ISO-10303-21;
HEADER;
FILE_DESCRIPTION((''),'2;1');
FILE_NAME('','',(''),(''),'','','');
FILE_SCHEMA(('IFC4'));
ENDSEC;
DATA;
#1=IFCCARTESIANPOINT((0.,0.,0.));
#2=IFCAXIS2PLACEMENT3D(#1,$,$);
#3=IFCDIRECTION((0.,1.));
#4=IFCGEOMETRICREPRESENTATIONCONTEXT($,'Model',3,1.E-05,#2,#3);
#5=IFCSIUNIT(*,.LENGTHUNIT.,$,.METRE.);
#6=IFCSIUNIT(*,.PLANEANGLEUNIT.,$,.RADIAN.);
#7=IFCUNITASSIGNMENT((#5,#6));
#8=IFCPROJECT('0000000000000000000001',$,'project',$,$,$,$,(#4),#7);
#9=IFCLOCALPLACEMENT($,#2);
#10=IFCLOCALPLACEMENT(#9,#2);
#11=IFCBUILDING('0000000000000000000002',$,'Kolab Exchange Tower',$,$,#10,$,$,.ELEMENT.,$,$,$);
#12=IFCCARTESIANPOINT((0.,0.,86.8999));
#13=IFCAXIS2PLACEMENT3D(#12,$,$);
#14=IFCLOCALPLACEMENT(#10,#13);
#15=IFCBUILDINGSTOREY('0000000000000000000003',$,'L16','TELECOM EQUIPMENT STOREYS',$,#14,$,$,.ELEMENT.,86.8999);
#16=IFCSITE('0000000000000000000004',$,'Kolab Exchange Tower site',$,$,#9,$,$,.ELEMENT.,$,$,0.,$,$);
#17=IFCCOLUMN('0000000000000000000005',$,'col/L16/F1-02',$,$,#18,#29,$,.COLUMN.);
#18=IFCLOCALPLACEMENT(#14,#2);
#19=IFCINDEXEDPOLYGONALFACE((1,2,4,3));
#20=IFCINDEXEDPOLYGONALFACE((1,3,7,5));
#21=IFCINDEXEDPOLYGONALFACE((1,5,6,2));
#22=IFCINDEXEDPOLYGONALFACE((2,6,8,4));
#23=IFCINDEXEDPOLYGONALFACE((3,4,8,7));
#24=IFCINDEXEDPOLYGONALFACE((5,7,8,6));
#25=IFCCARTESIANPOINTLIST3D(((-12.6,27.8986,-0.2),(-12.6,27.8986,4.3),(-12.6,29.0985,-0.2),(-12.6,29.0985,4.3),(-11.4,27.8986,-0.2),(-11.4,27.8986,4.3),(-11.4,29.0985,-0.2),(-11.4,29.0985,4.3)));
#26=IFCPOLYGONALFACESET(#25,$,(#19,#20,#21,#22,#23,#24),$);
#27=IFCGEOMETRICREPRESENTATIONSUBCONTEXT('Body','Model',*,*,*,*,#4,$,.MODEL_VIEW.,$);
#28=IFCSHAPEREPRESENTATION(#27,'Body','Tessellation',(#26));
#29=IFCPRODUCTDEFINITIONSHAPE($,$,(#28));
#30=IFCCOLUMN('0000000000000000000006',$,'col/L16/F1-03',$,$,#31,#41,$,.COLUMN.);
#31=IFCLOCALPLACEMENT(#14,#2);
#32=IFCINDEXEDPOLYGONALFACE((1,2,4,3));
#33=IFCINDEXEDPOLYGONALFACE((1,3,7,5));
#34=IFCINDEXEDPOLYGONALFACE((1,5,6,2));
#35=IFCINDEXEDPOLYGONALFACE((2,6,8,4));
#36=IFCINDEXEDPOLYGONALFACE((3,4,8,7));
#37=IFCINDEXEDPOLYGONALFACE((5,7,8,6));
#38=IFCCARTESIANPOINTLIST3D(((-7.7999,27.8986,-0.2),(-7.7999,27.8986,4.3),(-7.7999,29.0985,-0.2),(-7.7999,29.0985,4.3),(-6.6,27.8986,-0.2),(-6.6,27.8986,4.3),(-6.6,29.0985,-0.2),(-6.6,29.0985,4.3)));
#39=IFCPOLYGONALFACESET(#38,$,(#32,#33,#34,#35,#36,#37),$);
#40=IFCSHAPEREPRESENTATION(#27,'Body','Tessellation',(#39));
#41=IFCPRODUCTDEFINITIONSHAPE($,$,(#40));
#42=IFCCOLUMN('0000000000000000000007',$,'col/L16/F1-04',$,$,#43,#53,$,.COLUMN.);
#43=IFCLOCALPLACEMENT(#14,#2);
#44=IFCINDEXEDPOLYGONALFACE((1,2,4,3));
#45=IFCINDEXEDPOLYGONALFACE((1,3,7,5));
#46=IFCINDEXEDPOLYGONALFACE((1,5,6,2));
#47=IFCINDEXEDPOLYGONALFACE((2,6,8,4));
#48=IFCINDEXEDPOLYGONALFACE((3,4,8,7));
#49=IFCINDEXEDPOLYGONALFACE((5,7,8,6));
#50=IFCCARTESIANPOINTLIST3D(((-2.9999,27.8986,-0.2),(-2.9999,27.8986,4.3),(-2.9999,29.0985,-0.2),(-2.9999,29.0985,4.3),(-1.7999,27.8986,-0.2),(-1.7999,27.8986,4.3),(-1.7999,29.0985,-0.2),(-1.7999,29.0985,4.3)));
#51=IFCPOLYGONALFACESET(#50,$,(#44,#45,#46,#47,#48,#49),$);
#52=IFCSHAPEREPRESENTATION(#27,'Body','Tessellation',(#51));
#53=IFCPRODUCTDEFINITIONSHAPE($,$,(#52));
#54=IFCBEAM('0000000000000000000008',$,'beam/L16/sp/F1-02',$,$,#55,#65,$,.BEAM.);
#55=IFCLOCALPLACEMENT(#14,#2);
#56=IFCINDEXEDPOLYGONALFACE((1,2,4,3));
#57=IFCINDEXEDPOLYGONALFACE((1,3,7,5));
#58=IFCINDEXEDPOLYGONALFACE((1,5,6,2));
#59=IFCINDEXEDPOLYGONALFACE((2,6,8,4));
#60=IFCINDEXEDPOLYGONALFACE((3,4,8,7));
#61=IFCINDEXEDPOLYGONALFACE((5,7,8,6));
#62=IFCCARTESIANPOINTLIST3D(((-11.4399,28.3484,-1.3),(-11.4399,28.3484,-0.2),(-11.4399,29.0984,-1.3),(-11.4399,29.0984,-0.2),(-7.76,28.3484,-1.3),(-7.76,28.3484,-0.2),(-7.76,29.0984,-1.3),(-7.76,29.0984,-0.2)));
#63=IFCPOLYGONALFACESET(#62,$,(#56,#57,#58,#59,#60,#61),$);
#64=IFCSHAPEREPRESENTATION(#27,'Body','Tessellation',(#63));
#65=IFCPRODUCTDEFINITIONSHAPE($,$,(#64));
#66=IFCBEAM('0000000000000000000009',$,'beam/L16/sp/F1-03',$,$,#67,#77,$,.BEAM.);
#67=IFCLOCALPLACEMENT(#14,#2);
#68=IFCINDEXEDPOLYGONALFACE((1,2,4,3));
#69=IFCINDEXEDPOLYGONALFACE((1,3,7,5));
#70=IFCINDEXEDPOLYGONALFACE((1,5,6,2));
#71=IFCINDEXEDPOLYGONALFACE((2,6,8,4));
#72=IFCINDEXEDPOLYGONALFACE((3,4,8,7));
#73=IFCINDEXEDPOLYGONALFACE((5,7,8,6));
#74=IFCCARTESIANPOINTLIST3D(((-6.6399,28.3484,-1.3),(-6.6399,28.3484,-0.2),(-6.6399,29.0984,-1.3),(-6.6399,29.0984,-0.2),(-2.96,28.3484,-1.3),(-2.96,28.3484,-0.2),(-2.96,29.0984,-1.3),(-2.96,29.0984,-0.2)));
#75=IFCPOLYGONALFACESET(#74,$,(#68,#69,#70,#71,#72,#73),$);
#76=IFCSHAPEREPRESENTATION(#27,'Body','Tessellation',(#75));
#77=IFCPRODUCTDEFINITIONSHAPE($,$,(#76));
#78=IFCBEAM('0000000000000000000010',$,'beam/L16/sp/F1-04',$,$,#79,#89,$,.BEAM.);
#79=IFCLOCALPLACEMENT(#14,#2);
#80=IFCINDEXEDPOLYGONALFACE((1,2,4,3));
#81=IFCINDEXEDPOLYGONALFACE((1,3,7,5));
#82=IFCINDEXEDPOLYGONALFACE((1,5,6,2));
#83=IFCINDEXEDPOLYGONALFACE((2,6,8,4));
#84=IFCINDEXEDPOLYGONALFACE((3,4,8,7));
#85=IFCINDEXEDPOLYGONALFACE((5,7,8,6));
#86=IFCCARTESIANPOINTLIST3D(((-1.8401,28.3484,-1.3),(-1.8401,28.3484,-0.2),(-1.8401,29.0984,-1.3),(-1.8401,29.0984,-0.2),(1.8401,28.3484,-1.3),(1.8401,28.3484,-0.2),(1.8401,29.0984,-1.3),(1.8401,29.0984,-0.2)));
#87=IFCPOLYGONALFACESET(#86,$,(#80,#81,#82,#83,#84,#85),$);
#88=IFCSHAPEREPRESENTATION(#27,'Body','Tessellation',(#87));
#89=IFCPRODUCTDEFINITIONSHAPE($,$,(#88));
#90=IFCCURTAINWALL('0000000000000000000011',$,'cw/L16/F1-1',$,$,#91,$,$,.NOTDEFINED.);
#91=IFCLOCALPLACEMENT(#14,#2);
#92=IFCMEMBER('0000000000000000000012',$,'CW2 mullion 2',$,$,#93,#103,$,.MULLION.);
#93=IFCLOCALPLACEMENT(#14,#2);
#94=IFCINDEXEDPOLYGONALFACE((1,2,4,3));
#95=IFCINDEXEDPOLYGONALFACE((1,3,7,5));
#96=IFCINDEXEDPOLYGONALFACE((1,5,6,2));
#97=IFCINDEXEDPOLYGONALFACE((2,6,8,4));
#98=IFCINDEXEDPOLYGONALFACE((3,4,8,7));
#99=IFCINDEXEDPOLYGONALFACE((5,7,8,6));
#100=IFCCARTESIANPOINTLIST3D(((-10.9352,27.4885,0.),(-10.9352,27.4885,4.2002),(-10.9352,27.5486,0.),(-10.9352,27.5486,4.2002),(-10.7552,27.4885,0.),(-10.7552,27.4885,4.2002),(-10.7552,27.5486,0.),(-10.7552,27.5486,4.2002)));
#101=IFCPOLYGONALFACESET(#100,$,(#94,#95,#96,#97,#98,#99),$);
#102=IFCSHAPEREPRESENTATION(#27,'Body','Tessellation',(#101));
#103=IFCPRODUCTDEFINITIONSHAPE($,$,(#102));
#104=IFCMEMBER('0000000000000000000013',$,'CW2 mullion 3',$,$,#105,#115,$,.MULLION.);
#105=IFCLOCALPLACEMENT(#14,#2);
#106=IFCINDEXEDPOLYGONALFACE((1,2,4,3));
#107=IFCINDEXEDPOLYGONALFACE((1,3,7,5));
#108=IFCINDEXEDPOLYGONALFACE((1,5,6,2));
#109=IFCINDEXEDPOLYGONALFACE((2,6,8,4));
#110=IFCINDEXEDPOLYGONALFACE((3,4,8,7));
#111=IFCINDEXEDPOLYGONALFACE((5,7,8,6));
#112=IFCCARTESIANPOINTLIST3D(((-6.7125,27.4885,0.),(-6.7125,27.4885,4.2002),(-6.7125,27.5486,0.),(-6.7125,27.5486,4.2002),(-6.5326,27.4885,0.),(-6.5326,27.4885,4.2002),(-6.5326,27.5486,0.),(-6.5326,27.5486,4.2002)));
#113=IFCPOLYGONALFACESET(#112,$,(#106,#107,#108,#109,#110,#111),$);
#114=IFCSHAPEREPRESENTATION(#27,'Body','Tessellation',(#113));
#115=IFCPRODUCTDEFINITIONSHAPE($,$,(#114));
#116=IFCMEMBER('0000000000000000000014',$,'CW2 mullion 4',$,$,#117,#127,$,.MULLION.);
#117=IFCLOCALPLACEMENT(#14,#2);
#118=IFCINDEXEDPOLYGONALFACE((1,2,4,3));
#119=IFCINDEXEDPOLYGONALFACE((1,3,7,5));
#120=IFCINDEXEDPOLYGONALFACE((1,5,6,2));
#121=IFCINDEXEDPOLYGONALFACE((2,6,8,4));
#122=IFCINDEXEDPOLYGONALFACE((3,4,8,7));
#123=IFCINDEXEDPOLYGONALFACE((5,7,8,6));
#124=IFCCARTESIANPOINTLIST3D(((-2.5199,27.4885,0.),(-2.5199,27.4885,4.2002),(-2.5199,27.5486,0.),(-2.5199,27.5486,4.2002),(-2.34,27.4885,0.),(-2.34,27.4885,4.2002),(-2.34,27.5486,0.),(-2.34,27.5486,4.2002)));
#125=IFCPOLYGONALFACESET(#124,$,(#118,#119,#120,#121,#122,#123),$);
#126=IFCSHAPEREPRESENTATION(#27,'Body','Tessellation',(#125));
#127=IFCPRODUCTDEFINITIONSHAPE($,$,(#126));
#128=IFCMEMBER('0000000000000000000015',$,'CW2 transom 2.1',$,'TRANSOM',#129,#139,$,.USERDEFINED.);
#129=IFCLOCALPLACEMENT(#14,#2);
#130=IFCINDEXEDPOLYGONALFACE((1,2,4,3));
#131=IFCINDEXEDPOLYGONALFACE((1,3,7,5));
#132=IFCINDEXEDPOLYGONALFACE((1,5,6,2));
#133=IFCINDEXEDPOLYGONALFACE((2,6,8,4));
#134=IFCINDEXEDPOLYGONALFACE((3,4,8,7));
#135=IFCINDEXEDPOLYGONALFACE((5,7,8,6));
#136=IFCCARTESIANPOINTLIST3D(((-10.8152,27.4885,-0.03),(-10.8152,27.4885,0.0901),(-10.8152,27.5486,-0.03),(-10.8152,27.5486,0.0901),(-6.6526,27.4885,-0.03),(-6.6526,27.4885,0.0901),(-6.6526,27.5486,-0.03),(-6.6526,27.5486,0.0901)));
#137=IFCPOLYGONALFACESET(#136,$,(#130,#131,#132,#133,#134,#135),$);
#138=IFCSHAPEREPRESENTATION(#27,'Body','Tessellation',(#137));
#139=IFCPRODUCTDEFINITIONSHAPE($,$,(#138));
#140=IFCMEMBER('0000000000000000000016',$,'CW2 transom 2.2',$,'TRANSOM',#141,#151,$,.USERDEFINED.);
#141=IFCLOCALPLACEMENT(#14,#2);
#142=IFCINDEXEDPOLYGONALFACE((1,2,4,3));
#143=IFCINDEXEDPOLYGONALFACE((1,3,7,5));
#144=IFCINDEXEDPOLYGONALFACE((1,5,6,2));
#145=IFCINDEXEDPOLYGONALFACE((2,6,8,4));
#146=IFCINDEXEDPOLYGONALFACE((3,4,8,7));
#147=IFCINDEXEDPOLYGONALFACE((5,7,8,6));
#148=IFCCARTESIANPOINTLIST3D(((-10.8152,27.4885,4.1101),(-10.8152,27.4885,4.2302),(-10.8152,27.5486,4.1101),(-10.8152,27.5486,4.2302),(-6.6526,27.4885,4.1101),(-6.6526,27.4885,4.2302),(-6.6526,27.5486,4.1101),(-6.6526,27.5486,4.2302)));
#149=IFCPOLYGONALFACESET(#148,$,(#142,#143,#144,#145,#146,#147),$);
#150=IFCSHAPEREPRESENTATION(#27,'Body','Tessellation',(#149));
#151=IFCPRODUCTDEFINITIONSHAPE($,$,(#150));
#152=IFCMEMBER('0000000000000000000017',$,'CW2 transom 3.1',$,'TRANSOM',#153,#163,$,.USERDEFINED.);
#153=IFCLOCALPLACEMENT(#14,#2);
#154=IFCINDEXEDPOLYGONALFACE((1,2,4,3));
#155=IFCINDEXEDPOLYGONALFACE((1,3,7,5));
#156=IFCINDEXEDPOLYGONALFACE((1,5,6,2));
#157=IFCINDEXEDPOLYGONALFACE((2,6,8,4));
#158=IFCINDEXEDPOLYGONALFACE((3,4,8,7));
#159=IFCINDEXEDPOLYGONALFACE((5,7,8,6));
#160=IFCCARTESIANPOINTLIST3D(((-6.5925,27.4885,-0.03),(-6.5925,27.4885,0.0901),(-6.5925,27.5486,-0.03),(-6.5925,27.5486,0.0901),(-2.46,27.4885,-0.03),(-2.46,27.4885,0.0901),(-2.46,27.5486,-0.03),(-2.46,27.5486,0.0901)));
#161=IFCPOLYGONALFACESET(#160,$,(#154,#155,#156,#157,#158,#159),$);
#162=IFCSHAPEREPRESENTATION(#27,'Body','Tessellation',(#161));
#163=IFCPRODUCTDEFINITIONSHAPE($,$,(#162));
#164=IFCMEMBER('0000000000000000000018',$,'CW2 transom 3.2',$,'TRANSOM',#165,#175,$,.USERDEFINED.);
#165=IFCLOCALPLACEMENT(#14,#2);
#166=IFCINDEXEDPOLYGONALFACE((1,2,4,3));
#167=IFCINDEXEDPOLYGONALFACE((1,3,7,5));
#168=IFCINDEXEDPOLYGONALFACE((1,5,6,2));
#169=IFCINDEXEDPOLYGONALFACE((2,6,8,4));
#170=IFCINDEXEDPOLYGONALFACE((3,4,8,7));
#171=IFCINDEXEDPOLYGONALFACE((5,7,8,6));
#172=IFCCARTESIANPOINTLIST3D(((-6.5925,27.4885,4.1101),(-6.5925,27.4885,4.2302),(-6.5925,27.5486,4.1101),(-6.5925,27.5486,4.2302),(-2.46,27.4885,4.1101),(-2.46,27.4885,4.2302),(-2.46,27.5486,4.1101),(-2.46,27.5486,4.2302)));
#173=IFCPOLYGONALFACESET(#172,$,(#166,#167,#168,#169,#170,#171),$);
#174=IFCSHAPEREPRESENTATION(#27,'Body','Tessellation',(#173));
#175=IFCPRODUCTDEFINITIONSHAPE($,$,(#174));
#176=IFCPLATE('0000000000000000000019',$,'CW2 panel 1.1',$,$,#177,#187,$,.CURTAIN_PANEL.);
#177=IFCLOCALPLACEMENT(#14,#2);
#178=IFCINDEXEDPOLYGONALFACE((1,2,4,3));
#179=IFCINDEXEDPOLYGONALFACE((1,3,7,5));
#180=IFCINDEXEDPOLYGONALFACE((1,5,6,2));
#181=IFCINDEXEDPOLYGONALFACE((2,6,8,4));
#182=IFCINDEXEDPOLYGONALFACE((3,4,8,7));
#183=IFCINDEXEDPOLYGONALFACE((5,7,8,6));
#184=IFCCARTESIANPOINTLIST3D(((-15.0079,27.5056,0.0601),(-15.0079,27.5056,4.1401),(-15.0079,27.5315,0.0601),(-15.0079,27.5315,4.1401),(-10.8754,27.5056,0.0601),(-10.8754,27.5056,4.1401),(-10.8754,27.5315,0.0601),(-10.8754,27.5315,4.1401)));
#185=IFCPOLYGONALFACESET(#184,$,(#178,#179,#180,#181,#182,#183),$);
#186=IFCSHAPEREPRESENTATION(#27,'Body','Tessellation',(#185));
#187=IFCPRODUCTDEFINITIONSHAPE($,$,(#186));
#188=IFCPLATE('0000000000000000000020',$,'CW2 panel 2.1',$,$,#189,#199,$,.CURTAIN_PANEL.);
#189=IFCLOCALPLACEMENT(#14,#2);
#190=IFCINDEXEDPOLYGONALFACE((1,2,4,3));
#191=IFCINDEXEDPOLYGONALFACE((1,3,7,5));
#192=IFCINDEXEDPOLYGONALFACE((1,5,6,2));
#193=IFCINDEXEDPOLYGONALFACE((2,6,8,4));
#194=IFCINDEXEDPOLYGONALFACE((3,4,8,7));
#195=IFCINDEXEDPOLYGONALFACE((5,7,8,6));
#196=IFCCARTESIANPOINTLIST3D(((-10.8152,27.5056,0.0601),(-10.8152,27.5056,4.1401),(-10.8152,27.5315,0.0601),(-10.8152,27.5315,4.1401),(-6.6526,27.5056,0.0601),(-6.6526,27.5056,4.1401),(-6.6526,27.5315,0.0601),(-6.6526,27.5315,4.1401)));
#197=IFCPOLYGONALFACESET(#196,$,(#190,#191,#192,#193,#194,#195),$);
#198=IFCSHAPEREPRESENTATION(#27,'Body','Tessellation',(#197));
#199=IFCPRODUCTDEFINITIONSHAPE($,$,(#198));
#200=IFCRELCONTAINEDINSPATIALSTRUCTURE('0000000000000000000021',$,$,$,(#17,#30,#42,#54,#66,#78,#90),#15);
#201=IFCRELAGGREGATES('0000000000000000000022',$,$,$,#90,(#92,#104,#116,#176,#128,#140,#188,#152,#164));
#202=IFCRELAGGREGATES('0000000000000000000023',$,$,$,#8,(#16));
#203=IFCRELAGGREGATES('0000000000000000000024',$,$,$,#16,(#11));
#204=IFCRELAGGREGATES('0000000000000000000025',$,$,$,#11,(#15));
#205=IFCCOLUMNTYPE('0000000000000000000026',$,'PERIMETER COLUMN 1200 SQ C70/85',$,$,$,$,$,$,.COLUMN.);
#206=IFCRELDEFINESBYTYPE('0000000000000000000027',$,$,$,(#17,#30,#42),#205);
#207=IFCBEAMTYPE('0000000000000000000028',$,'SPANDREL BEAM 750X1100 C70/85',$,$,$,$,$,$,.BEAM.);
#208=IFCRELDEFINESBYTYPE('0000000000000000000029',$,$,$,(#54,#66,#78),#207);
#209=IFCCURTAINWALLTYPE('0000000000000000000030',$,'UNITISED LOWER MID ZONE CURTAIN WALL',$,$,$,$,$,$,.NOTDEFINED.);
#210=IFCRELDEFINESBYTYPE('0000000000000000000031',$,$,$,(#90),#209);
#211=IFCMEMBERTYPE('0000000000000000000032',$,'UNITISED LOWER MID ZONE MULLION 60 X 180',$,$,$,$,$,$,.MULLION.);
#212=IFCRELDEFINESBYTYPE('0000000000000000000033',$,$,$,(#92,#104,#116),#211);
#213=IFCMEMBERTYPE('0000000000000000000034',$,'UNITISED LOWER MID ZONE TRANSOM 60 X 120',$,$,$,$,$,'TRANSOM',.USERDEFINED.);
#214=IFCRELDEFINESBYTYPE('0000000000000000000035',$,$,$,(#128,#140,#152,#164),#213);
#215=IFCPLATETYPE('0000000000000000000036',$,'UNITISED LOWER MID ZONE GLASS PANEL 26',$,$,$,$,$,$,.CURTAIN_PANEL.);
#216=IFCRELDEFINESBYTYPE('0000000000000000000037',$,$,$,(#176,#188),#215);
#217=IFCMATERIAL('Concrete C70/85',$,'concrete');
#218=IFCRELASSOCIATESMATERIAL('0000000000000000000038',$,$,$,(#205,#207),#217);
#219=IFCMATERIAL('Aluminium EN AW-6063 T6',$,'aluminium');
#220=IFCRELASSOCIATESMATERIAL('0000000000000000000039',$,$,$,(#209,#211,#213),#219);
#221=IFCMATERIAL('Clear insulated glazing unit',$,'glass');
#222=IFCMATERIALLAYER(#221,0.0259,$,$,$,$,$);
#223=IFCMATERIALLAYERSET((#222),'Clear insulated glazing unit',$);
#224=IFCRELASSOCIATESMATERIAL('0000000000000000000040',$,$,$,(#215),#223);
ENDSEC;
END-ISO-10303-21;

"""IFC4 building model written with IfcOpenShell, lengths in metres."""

from ifc_helpers import new_model, si_unit, direction, frame, origin, origin_2d, place, context, subcontext, project, spatial, rectangle, extrude, material, layer, layer_set, material_profile, profile_set, type_object, element, aggregate, save


model = new_model("IFC4")

# Units and contexts
model_context = context("Model", 3, precision=1e-05, world=origin(), true_north=direction((0.0, 1.0)))
body_context = subcontext(model_context, "Body", "Model", "MODEL_VIEW")
ifc_project = project(units=[si_unit("LENGTHUNIT", "METRE"), si_unit("PLANEANGLEUNIT", "RADIAN")], contexts=[model_context])

# Site, building, storey
site_placement = place(None, origin())
site = spatial("IfcSite", under=ifc_project, at=site_placement, Name="Kolab Exchange Tower site", CompositionType="ELEMENT", RefElevation=0.0)
building_placement = place(site_placement, origin())
building = spatial("IfcBuilding", under=site, at=building_placement, Name="Kolab Exchange Tower", CompositionType="ELEMENT")
storey_placement = place(building_placement, frame((0.0, 0.0, 86.8999)))
storey = spatial("IfcBuildingStorey", under=building, at=storey_placement, Name="L16", Description="TELECOM EQUIPMENT STOREYS", CompositionType="ELEMENT", Elevation=86.8999)

# Columns
ifc_material_1 = material(Name="Concrete C70/85", Category="concrete")
ifc_material_profile_1 = material_profile(ifc_material_1, rectangle(XDim=1.2, YDim=1.2, at=origin_2d()), Name="RC1200")
ifc_profile_set_1 = profile_set([ifc_material_profile_1], Name="Concrete C70/85")
column_type = type_object("IfcColumnType", Name="PERIMETER COLUMN 1200 SQ C70/85", PredefinedType="COLUMN", material=ifc_profile_set_1)
for number, where, z_axis, x_axis, name in (
    (1, (-12.0, 28.4985, -0.2), (0.0, 0.0, 1.0), (1.0, 0.0, 0.0), "col/L16/F1-02"),
    (2, (-7.2, 28.4985, -0.2), (0.0, 0.0, 1.0), (1.0, 0.0, 0.0), "col/L16/F1-03"),
    (3, (-2.3999, 28.4985, -0.2), (0.0, 0.0, 1.0), (1.0, 0.0, 0.0), "col/L16/F1-04"),
):
    element("IfcColumn", number, at=place(storey_placement, frame(where, z_axis=z_axis, x_axis=x_axis)), inside=storey, type_object=column_type, Name=name, PredefinedType="COLUMN", context=body_context, shape_type="SweptSolid", body=[
        extrude(rectangle(XDim=1.2, YDim=1.2, at=origin_2d()), origin(), (0.0, 0.0, 1.0), 4.5),
    ])

# Beams
ifc_material_profile_2 = material_profile(ifc_material_1, rectangle(XDim=0.75, YDim=1.1001, at=origin_2d()), Name="RC750X1100")
ifc_profile_set_2 = profile_set([ifc_material_profile_2], Name="Concrete C70/85")
beam_type = type_object("IfcBeamType", Name="SPANDREL BEAM 750X1100 C70/85", PredefinedType="BEAM", material=ifc_profile_set_2)
for number, where, z_axis, x_axis, name in (
    (4, (-11.4399, 28.7234, -0.75), (1.0, 0.0, 0.0), (0.0, 1.0, 0.0), "beam/L16/sp/F1-02"),
    (5, (-6.6399, 28.7234, -0.75), (1.0, 0.0, 0.0), (0.0, 1.0, 0.0), "beam/L16/sp/F1-03"),
):
    element("IfcBeam", number, at=place(storey_placement, frame(where, z_axis=z_axis, x_axis=x_axis)), inside=storey, type_object=beam_type, Name=name, PredefinedType="BEAM", context=body_context, shape_type="SweptSolid", body=[
        extrude(rectangle(XDim=0.75, YDim=1.1001, at=origin_2d()), origin(), (0.0, 0.0, 1.0), 3.6799),
    ])
beam_placement = place(storey_placement, frame((-1.8401, 28.7234, -0.75), z_axis=(1.0, 0.0, 0.0), x_axis=(0.0, 1.0, 0.0)))
element("IfcBeam", 6, at=beam_placement, inside=storey, type_object=beam_type, Name="beam/L16/sp/F1-04", PredefinedType="BEAM", context=body_context, shape_type="SweptSolid", body=[
    extrude(rectangle(XDim=0.75, YDim=1.1001, at=origin_2d()), origin(), (0.0, 0.0, 1.0), 3.6802),
])

# Curtain wall, members, plates
ifc_material_2 = material(Name="Aluminium EN AW-6063 T6", Category="aluminium")
curtain_wall_type = type_object("IfcCurtainWallType", Name="UNITISED LOWER MID ZONE CURTAIN WALL", PredefinedType="NOTDEFINED", material=ifc_material_2)
curtain_wall_placement = place(storey_placement, origin())
curtain_wall = element("IfcCurtainWall", 7, at=curtain_wall_placement, inside=storey, type_object=curtain_wall_type, Name="cw/L16/F1-1", PredefinedType="NOTDEFINED")
ifc_material_profile_3 = material_profile(ifc_material_2, rectangle(XDim=0.0601, YDim=0.1799, at=origin_2d()), Name="RECT 60X180")
ifc_profile_set_3 = profile_set([ifc_material_profile_3], Name="Aluminium EN AW-6063 T6")
member_type_1 = type_object("IfcMemberType", Name="UNITISED LOWER MID ZONE MULLION 60 X 180", PredefinedType="MULLION", material=ifc_profile_set_3)
member_1_placement = place(storey_placement, frame((-10.8452, 27.5186, 0.0), z_axis=(0.0, 0.0, 1.0), x_axis=(0.0, 1.0, 0.0)))
member_1 = element("IfcMember", 8, at=member_1_placement, type_object=member_type_1, Name="CW2 mullion 2", PredefinedType="MULLION", context=body_context, shape_type="SweptSolid", body=[
    extrude(rectangle(XDim=0.0601, YDim=0.1799, at=origin_2d()), origin(), (0.0, 0.0, 1.0), 4.2002),
])
member_2_placement = place(storey_placement, frame((-6.6226, 27.5186, 0.0), z_axis=(0.0, 0.0, 1.0), x_axis=(0.0, 1.0, 0.0)))
member_2 = element("IfcMember", 9, at=member_2_placement, type_object=member_type_1, Name="CW2 mullion 3", PredefinedType="MULLION", context=body_context, shape_type="SweptSolid", body=[
    extrude(rectangle(XDim=0.0601, YDim=0.1799, at=origin_2d()), origin(), (0.0, 0.0, 1.0), 4.2002),
])
member_3_placement = place(storey_placement, frame((-2.4299, 27.5186, 0.0), z_axis=(0.0, 0.0, 1.0), x_axis=(0.0, 1.0, 0.0)))
member_3 = element("IfcMember", 10, at=member_3_placement, type_object=member_type_1, Name="CW2 mullion 4", PredefinedType="MULLION", context=body_context, shape_type="SweptSolid", body=[
    extrude(rectangle(XDim=0.0601, YDim=0.1799, at=origin_2d()), origin(), (0.0, 0.0, 1.0), 4.2002),
])
ifc_material_profile_4 = material_profile(ifc_material_2, rectangle(XDim=0.0601, YDim=0.1201, at=origin_2d()), Name="RECT 60X120")
ifc_profile_set_4 = profile_set([ifc_material_profile_4], Name="Aluminium EN AW-6063 T6")
member_type_2 = type_object("IfcMemberType", Name="UNITISED LOWER MID ZONE TRANSOM 60 X 120", ElementType="TRANSOM", PredefinedType="USERDEFINED", material=ifc_profile_set_4)
member_4_placement = place(storey_placement, frame((-10.8152, 27.5186, 0.03), z_axis=(1.0, 0.0, 0.0), x_axis=(0.0, 1.0, 0.0)))
member_4 = element("IfcMember", 11, at=member_4_placement, type_object=member_type_2, Name="CW2 transom 2.1", ObjectType="TRANSOM", PredefinedType="USERDEFINED", context=body_context, shape_type="SweptSolid", body=[
    extrude(rectangle(XDim=0.0601, YDim=0.1201, at=origin_2d()), origin(), (0.0, 0.0, 1.0), 4.1626),
])
member_5_placement = place(storey_placement, frame((-10.8152, 27.5186, 4.1702), z_axis=(1.0, 0.0, 0.0), x_axis=(0.0, 1.0, 0.0)))
member_5 = element("IfcMember", 12, at=member_5_placement, type_object=member_type_2, Name="CW2 transom 2.2", ObjectType="TRANSOM", PredefinedType="USERDEFINED", context=body_context, shape_type="SweptSolid", body=[
    extrude(rectangle(XDim=0.0601, YDim=0.1201, at=origin_2d()), origin(), (0.0, 0.0, 1.0), 4.1626),
])
member_6_placement = place(storey_placement, frame((-6.5925, 27.5186, 0.03), z_axis=(1.0, 0.0, 0.0), x_axis=(0.0, 1.0, 0.0)))
member_6 = element("IfcMember", 13, at=member_6_placement, type_object=member_type_2, Name="CW2 transom 3.1", ObjectType="TRANSOM", PredefinedType="USERDEFINED", context=body_context, shape_type="SweptSolid", body=[
    extrude(rectangle(XDim=0.0601, YDim=0.1201, at=origin_2d()), origin(), (0.0, 0.0, 1.0), 4.1326),
])
member_7_placement = place(storey_placement, frame((-6.5925, 27.5186, 4.1702), z_axis=(1.0, 0.0, 0.0), x_axis=(0.0, 1.0, 0.0)))
member_7 = element("IfcMember", 14, at=member_7_placement, type_object=member_type_2, Name="CW2 transom 3.2", ObjectType="TRANSOM", PredefinedType="USERDEFINED", context=body_context, shape_type="SweptSolid", body=[
    extrude(rectangle(XDim=0.0601, YDim=0.1201, at=origin_2d()), origin(), (0.0, 0.0, 1.0), 4.1326),
])
ifc_material_3 = material(Name="Clear insulated glazing unit", Category="glass")
ifc_layer_1 = layer(ifc_material_3, 0.0259)
ifc_layer_set_1 = layer_set([ifc_layer_1], Name="Clear insulated glazing unit")
plate_type = type_object("IfcPlateType", Name="UNITISED LOWER MID ZONE GLASS PANEL 26", PredefinedType="CURTAIN_PANEL", material=ifc_layer_set_1)
plate_1_placement = place(storey_placement, frame((-12.9417, 27.5186, 0.0601), z_axis=(0.0, 0.0, 1.0), x_axis=(1.0, 0.0, 0.0)))
plate_1 = element("IfcPlate", 15, at=plate_1_placement, type_object=plate_type, Name="CW2 panel 1.1", PredefinedType="CURTAIN_PANEL", context=body_context, shape_type="SweptSolid", body=[
    extrude(rectangle(XDim=4.1326, YDim=0.0259, at=origin_2d()), origin(), (0.0, 0.0, 1.0), 4.0801),
])
plate_2_placement = place(storey_placement, frame((-8.7339, 27.5186, 0.0601), z_axis=(0.0, 0.0, 1.0), x_axis=(1.0, 0.0, 0.0)))
plate_2 = element("IfcPlate", 16, at=plate_2_placement, type_object=plate_type, Name="CW2 panel 2.1", PredefinedType="CURTAIN_PANEL", context=body_context, shape_type="SweptSolid", body=[
    extrude(rectangle(XDim=4.1626, YDim=0.0259, at=origin_2d()), origin(), (0.0, 0.0, 1.0), 4.0801),
])
aggregate(curtain_wall, [member_1, member_2, member_3, plate_1, member_4, member_5, plate_2, member_6, member_7])

save(model, "model.ifc")
